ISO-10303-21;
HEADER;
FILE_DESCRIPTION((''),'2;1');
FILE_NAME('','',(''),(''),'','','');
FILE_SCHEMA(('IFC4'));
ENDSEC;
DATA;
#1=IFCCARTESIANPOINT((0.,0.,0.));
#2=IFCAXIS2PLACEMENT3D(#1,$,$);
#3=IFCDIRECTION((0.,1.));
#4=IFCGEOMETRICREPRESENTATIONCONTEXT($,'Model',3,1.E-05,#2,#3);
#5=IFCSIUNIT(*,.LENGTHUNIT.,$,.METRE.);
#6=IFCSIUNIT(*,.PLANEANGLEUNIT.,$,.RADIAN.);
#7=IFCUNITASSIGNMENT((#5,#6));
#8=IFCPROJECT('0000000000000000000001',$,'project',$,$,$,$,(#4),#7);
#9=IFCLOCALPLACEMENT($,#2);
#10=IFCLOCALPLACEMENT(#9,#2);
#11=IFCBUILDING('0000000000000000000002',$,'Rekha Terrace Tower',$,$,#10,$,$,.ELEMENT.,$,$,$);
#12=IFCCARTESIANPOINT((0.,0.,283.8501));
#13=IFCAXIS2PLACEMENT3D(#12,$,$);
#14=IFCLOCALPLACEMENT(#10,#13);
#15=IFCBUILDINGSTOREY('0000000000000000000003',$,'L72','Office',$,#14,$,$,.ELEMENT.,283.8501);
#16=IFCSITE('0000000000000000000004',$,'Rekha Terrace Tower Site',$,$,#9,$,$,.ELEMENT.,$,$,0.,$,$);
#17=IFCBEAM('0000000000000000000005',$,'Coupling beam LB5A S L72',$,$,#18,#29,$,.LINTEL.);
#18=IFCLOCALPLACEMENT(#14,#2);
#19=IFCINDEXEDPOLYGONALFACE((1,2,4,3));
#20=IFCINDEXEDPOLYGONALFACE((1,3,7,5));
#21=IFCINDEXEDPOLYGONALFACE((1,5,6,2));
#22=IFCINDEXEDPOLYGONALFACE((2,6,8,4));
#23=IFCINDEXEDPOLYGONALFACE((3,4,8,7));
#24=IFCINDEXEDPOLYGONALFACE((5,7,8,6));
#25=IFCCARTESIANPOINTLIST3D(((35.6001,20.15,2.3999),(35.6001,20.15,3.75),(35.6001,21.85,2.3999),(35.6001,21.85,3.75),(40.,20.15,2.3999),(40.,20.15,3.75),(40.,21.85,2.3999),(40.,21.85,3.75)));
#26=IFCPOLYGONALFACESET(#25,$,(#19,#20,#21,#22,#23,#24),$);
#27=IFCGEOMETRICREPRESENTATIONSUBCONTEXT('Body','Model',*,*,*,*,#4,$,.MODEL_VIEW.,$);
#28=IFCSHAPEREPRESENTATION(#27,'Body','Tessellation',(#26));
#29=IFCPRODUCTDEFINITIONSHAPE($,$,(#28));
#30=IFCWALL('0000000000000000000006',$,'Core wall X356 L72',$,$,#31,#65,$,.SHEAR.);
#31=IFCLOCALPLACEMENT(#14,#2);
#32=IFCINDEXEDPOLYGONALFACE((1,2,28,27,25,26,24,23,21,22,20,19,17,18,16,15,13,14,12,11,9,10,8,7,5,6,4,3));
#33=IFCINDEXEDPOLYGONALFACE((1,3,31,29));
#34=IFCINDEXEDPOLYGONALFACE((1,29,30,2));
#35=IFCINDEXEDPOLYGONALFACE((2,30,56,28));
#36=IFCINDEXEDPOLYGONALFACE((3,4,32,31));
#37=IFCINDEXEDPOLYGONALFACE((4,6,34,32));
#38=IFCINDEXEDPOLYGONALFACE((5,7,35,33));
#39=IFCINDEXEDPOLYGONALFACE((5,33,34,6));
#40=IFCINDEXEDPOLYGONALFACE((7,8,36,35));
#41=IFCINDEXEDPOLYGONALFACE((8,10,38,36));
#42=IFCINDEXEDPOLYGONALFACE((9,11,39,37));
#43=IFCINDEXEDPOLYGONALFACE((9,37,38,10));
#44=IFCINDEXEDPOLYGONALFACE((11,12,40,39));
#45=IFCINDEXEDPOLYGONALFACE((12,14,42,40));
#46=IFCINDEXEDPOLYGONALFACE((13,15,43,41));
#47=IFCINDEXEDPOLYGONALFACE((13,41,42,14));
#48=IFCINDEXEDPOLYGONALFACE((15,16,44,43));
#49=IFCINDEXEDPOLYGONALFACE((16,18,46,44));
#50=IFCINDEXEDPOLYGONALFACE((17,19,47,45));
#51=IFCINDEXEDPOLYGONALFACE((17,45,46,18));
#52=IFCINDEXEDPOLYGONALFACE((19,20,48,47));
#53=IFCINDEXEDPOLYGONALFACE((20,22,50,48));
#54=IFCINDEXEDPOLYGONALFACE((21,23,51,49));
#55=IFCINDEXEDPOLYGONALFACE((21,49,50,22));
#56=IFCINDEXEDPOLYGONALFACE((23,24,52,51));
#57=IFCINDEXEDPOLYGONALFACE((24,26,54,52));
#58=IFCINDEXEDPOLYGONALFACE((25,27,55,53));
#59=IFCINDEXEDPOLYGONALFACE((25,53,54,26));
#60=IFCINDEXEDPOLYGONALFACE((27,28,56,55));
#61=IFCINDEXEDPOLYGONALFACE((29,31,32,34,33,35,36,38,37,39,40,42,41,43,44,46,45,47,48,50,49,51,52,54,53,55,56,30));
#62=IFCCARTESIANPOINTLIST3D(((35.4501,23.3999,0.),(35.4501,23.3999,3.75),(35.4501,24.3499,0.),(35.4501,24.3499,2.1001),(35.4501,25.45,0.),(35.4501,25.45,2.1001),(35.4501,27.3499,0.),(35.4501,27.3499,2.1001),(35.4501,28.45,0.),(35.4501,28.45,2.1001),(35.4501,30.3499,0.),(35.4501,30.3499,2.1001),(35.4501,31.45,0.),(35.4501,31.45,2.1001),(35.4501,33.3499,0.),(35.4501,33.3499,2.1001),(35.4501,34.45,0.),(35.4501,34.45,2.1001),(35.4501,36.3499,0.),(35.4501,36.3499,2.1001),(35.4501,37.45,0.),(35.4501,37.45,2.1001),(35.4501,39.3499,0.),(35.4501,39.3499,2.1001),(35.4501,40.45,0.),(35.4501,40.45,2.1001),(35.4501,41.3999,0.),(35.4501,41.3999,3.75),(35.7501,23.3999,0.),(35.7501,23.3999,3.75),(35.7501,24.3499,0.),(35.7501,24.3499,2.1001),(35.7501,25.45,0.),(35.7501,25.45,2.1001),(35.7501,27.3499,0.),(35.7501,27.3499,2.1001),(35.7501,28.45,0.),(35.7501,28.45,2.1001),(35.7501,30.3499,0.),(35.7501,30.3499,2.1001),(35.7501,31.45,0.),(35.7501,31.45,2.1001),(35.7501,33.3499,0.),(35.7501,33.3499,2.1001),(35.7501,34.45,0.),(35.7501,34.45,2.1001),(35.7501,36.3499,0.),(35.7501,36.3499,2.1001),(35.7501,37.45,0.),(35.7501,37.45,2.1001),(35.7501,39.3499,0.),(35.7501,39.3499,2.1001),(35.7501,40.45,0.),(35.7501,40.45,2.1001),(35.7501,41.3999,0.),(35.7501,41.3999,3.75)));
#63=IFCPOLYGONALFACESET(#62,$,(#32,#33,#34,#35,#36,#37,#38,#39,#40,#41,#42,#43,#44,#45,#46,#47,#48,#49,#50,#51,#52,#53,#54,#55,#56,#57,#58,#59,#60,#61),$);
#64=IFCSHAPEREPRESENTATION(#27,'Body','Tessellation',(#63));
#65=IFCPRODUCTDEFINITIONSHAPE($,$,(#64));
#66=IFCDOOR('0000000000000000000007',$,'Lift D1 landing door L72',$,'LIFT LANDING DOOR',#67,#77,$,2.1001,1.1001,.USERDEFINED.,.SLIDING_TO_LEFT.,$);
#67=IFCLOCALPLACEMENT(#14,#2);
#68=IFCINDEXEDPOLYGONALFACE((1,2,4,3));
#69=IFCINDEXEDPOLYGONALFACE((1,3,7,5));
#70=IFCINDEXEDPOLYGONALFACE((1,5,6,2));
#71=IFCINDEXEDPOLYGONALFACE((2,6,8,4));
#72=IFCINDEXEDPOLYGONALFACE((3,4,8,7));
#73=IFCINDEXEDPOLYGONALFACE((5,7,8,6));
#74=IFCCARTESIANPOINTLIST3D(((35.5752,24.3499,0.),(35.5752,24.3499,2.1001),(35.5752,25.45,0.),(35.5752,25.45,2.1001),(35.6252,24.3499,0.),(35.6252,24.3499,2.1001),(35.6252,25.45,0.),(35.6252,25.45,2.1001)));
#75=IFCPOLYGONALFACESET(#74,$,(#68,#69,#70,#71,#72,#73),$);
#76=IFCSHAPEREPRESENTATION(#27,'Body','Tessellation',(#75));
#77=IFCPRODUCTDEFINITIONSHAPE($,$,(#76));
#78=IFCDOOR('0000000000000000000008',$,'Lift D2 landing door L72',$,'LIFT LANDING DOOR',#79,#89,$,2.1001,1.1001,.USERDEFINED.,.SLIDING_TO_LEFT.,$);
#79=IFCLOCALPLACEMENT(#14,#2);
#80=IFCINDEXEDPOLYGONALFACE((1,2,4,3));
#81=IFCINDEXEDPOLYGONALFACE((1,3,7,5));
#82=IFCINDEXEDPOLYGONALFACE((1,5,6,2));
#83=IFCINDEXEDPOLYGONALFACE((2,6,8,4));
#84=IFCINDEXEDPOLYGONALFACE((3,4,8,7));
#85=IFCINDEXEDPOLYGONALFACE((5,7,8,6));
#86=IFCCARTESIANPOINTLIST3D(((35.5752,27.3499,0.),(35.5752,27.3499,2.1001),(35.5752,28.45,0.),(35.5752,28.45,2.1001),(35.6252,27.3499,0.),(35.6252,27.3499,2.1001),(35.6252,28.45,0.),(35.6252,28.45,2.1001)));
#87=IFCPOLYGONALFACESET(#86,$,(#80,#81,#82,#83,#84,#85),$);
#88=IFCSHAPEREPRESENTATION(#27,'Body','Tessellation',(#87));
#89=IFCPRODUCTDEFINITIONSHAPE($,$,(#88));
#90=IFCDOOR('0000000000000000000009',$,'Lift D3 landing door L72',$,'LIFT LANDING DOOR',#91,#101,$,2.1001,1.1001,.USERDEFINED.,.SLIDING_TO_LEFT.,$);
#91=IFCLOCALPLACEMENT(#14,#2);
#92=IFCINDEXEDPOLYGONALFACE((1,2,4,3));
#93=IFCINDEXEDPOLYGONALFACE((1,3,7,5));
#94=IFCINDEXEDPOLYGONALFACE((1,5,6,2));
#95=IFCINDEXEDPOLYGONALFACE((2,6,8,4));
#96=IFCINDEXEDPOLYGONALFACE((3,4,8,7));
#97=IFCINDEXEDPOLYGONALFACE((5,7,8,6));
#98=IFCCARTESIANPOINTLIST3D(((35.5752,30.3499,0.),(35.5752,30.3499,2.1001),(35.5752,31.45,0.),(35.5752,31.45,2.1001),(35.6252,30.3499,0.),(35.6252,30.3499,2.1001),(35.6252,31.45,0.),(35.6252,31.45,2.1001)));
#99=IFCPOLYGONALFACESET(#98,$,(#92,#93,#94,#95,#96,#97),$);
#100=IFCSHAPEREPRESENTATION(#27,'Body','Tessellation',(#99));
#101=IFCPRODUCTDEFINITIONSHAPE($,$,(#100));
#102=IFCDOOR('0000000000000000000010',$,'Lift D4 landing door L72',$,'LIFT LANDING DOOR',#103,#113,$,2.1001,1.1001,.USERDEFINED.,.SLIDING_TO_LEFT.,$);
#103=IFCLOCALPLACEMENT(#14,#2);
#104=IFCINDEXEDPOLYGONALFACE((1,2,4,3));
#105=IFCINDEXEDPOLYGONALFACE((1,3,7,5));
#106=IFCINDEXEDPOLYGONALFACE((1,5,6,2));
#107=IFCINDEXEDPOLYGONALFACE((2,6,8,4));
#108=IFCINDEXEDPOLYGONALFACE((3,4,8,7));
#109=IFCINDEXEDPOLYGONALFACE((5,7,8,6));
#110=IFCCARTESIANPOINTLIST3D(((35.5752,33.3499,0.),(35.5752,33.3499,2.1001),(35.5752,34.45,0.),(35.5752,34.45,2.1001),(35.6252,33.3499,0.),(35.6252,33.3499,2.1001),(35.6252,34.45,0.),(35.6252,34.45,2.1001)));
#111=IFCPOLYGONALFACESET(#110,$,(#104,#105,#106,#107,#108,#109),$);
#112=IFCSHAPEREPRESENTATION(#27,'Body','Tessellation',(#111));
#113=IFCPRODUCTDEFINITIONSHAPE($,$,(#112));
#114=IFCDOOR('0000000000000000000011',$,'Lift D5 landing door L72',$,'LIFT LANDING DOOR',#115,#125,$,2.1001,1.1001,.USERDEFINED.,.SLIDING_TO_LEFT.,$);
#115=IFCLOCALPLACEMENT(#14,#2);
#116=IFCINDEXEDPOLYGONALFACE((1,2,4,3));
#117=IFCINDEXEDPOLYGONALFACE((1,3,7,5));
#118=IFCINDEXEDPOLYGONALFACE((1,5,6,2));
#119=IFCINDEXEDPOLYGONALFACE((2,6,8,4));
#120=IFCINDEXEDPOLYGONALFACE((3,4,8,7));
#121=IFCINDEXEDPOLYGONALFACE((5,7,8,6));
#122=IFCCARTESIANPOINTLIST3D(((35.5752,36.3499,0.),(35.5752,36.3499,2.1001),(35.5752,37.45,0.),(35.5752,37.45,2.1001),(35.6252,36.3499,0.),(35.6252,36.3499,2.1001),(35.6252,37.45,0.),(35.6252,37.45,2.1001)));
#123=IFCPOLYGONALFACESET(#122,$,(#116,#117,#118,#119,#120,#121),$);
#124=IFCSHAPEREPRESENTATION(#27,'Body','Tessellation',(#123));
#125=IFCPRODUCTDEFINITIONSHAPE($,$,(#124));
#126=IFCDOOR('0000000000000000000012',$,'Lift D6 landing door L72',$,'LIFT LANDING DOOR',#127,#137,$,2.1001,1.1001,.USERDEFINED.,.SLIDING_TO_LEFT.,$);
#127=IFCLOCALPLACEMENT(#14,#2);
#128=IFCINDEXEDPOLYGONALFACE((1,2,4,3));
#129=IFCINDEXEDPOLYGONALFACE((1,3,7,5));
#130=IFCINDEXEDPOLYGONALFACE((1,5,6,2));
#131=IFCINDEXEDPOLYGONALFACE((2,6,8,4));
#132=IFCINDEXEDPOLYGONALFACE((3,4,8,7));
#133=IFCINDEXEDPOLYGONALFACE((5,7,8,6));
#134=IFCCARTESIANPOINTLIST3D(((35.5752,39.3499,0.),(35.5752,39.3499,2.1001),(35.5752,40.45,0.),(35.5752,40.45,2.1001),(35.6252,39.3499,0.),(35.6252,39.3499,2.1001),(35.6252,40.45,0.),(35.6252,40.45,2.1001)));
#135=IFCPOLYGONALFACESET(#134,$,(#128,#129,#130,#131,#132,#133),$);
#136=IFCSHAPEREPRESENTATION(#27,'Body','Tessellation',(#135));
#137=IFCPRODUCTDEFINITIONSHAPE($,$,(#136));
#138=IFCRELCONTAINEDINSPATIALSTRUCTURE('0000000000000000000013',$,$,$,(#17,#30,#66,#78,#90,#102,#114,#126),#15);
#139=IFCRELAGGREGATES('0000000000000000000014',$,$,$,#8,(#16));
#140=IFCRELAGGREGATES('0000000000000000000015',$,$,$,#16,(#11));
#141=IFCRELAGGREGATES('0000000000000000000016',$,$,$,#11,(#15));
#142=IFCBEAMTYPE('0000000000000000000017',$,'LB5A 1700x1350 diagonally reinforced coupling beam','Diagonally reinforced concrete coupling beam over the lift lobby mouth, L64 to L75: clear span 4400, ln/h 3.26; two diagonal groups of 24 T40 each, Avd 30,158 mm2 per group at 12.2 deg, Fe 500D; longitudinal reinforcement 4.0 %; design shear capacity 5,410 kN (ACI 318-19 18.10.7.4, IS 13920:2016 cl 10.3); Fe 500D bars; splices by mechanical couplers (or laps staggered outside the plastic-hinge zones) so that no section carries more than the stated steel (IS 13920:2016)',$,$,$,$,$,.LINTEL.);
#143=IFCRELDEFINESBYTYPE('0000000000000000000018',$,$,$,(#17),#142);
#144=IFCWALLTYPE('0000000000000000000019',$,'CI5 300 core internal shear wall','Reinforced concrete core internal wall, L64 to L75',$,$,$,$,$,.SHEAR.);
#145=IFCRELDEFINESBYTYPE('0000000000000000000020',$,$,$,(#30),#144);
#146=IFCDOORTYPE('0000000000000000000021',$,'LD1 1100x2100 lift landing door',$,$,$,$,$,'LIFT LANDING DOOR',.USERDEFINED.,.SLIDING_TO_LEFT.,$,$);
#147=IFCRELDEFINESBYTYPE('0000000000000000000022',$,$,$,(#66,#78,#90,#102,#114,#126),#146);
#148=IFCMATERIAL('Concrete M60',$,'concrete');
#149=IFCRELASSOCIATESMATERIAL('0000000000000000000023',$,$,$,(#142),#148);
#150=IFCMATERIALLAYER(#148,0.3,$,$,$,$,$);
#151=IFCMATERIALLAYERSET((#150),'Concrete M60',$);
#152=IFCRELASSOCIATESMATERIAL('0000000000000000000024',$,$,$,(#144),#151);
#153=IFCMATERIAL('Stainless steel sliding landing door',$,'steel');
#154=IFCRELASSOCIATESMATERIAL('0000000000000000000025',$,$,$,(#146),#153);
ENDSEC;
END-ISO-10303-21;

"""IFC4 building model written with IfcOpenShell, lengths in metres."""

from ifc_helpers import new_model, si_unit, direction, frame, frame_2d, origin, origin_2d, place, context, subcontext, project, spatial, rectangle, extrude, material, layer, layer_set, material_profile, profile_set, type_object, element, fill, save


model = new_model("IFC4")

# Units and contexts
model_context = context("Model", 3, precision=1e-05, world=origin(), true_north=direction((0.0, 1.0)))
body_context = subcontext(model_context, "Body", "Model", "MODEL_VIEW")
ifc_project = project(units=[si_unit("LENGTHUNIT", "METRE"), si_unit("PLANEANGLEUNIT", "RADIAN")], contexts=[model_context])

# Site, building, storey
site_placement = place(None, origin())
site = spatial("IfcSite", under=ifc_project, at=site_placement, Name="Rekha Terrace Tower Site", CompositionType="ELEMENT", RefElevation=0.0)
building_placement = place(site_placement, origin())
building = spatial("IfcBuilding", under=site, at=building_placement, Name="Rekha Terrace Tower", CompositionType="ELEMENT")
storey_placement = place(building_placement, frame((0.0, 0.0, 283.8501)))
storey = spatial("IfcBuildingStorey", under=building, at=storey_placement, Name="L72", Description="Office", CompositionType="ELEMENT", Elevation=283.8501)

# Beam
ifc_material_1 = material(Name="Concrete M60", Category="concrete")
ifc_material_profile = material_profile(ifc_material_1, rectangle(XDim=1.7, YDim=1.3501, at=origin_2d()), Name="RC 1700x1350")
ifc_profile_set = profile_set([ifc_material_profile], Name="Concrete M60")
beam_type = type_object("IfcBeamType", Name="LB5A 1700x1350 diagonally reinforced coupling beam", Description="Diagonally reinforced concrete coupling beam over the lift lobby mouth, L64 to L75: clear span 4400, ln/h 3.26; two diagonal groups of 24 T40 each, Avd 30,158 mm2 per group at 12.2 deg, Fe 500D; longitudinal reinforcement 4.0 %; design shear capacity 5,410 kN (ACI 318-19 18.10.7.4, IS 13920:2016 cl 10.3); Fe 500D bars; splices by mechanical couplers (or laps staggered outside the plastic-hinge zones) so that no section carries more than the stated steel (IS 13920:2016)", PredefinedType="LINTEL", material=ifc_profile_set)
beam_placement = place(storey_placement, frame((35.6001, 21.0, 3.075), z_axis=(1.0, 0.0, 0.0), x_axis=(0.0, 1.0, 0.0)))
element("IfcBeam", 1, at=beam_placement, inside=storey, type_object=beam_type, Name="Coupling beam LB5A S L72", PredefinedType="LINTEL", context=body_context, shape_type="SweptSolid", body=[
    extrude(rectangle(XDim=1.7, YDim=1.3501, at=origin_2d()), origin(), (0.0, 0.0, 1.0), 4.3999),
])

# Wall, openings, doors
ifc_layer_1 = layer(ifc_material_1, 0.3)
ifc_layer_set_1 = layer_set([ifc_layer_1], Name="Concrete M60")
wall_type_1 = type_object("IfcWallType", Name="CI5 300 core internal shear wall", Description="Reinforced concrete core internal wall, L64 to L75", PredefinedType="SHEAR", material=ifc_layer_set_1)
wall_1_placement = place(storey_placement, frame((35.6001, 23.3999, 0.0), z_axis=(0.0, 0.0, 1.0), x_axis=(0.0, 1.0, 0.0)))
wall_1 = element("IfcWall", 2, at=wall_1_placement, inside=storey, type_object=wall_type_1, Name="Core wall X356 L72", PredefinedType="SHEAR", context=body_context, shape_type="SweptSolid", body=[
    extrude(rectangle(XDim=18.0, YDim=0.3, at=frame_2d((9.0, 0.0))), origin(), (0.0, 0.0, 1.0), 3.75),
])
opening_1_placement = place(wall_1_placement, frame((0.95, 0.0, 0.0)))
opening_1 = element("IfcOpeningElement", 3, at=opening_1_placement, cuts=wall_1, PredefinedType="OPENING", context=body_context, shape_type="SweptSolid", body=[
    extrude(rectangle(XDim=1.1001, YDim=2.1001, at=frame_2d((0.55, 1.05))), frame((0.0, 0.1599, 0.0), z_axis=(0.0, -1.0, 0.0), x_axis=(1.0, 0.0, 0.0)), (0.0, 0.0, 1.0), 0.3201),
])
opening_2_placement = place(wall_1_placement, frame((3.95, 0.0, 0.0)))
opening_2 = element("IfcOpeningElement", 4, at=opening_2_placement, cuts=wall_1, PredefinedType="OPENING", context=body_context, shape_type="SweptSolid", body=[
    extrude(rectangle(XDim=1.1001, YDim=2.1001, at=frame_2d((0.55, 1.05))), frame((0.0, 0.1599, 0.0), z_axis=(0.0, -1.0, 0.0), x_axis=(1.0, 0.0, 0.0)), (0.0, 0.0, 1.0), 0.3201),
])
opening_3_placement = place(wall_1_placement, frame((6.95, 0.0, 0.0)))
opening_3 = element("IfcOpeningElement", 5, at=opening_3_placement, cuts=wall_1, PredefinedType="OPENING", context=body_context, shape_type="SweptSolid", body=[
    extrude(rectangle(XDim=1.1001, YDim=2.1001, at=frame_2d((0.55, 1.05))), frame((0.0, 0.1599, 0.0), z_axis=(0.0, -1.0, 0.0), x_axis=(1.0, 0.0, 0.0)), (0.0, 0.0, 1.0), 0.3201),
])
opening_4_placement = place(wall_1_placement, frame((9.95, 0.0, 0.0)))
opening_4 = element("IfcOpeningElement", 6, at=opening_4_placement, cuts=wall_1, PredefinedType="OPENING", context=body_context, shape_type="SweptSolid", body=[
    extrude(rectangle(XDim=1.1001, YDim=2.1001, at=frame_2d((0.55, 1.05))), frame((0.0, 0.1599, 0.0), z_axis=(0.0, -1.0, 0.0), x_axis=(1.0, 0.0, 0.0)), (0.0, 0.0, 1.0), 0.3201),
])
opening_5_placement = place(wall_1_placement, frame((12.95, 0.0, 0.0)))
opening_5 = element("IfcOpeningElement", 7, at=opening_5_placement, cuts=wall_1, PredefinedType="OPENING", context=body_context, shape_type="SweptSolid", body=[
    extrude(rectangle(XDim=1.1001, YDim=2.1001, at=frame_2d((0.55, 1.05))), frame((0.0, 0.1599, 0.0), z_axis=(0.0, -1.0, 0.0), x_axis=(1.0, 0.0, 0.0)), (0.0, 0.0, 1.0), 0.3201),
])
opening_6_placement = place(wall_1_placement, frame((15.95, 0.0, 0.0)))
opening_6 = element("IfcOpeningElement", 8, at=opening_6_placement, cuts=wall_1, PredefinedType="OPENING", context=body_context, shape_type="SweptSolid", body=[
    extrude(rectangle(XDim=1.1001, YDim=2.1001, at=frame_2d((0.55, 1.05))), frame((0.0, 0.1599, 0.0), z_axis=(0.0, -1.0, 0.0), x_axis=(1.0, 0.0, 0.0)), (0.0, 0.0, 1.0), 0.3201),
])
ifc_material_2 = material(Name="Stainless steel sliding landing door", Category="steel")
door_type_1 = type_object("IfcDoorType", Name="LD1 1100x2100 lift landing door", ElementType="LIFT LANDING DOOR", OperationType="SLIDING_TO_LEFT", PredefinedType="USERDEFINED", material=ifc_material_2)
door_1_placement = place(opening_1_placement, origin())
door_1 = element("IfcDoor", 9, at=door_1_placement, inside=storey, type_object=door_type_1, Name="Lift D1 landing door L72", ObjectType="LIFT LANDING DOOR", OperationType="SLIDING_TO_LEFT", OverallHeight=2.1001, OverallWidth=1.1001, PredefinedType="USERDEFINED", context=body_context, shape_type="SweptSolid", body=[
    extrude(rectangle(XDim=1.1001, YDim=2.1001, at=frame_2d((0.55, 1.05))), frame((0.0, 0.0249, 0.0), z_axis=(0.0, -1.0, 0.0), x_axis=(1.0, 0.0, 0.0)), (0.0, 0.0, 1.0), 0.05),
])
fill(opening_1, door_1)
door_2_placement = place(opening_2_placement, origin())
door_2 = element("IfcDoor", 10, at=door_2_placement, inside=storey, type_object=door_type_1, Name="Lift D2 landing door L72", ObjectType="LIFT LANDING DOOR", OperationType="SLIDING_TO_LEFT", OverallHeight=2.1001, OverallWidth=1.1001, PredefinedType="USERDEFINED", context=body_context, shape_type="SweptSolid", body=[
    extrude(rectangle(XDim=1.1001, YDim=2.1001, at=frame_2d((0.55, 1.05))), frame((0.0, 0.0249, 0.0), z_axis=(0.0, -1.0, 0.0), x_axis=(1.0, 0.0, 0.0)), (0.0, 0.0, 1.0), 0.05),
])
fill(opening_2, door_2)
door_3_placement = place(opening_3_placement, origin())
door_3 = element("IfcDoor", 11, at=door_3_placement, inside=storey, type_object=door_type_1, Name="Lift D3 landing door L72", ObjectType="LIFT LANDING DOOR", OperationType="SLIDING_TO_LEFT", OverallHeight=2.1001, OverallWidth=1.1001, PredefinedType="USERDEFINED", context=body_context, shape_type="SweptSolid", body=[
    extrude(rectangle(XDim=1.1001, YDim=2.1001, at=frame_2d((0.55, 1.05))), frame((0.0, 0.0249, 0.0), z_axis=(0.0, -1.0, 0.0), x_axis=(1.0, 0.0, 0.0)), (0.0, 0.0, 1.0), 0.05),
])
fill(opening_3, door_3)
door_4_placement = place(opening_4_placement, origin())
door_4 = element("IfcDoor", 12, at=door_4_placement, inside=storey, type_object=door_type_1, Name="Lift D4 landing door L72", ObjectType="LIFT LANDING DOOR", OperationType="SLIDING_TO_LEFT", OverallHeight=2.1001, OverallWidth=1.1001, PredefinedType="USERDEFINED", context=body_context, shape_type="SweptSolid", body=[
    extrude(rectangle(XDim=1.1001, YDim=2.1001, at=frame_2d((0.55, 1.05))), frame((0.0, 0.0249, 0.0), z_axis=(0.0, -1.0, 0.0), x_axis=(1.0, 0.0, 0.0)), (0.0, 0.0, 1.0), 0.05),
])
fill(opening_4, door_4)
door_5_placement = place(opening_5_placement, origin())
door_5 = element("IfcDoor", 13, at=door_5_placement, inside=storey, type_object=door_type_1, Name="Lift D5 landing door L72", ObjectType="LIFT LANDING DOOR", OperationType="SLIDING_TO_LEFT", OverallHeight=2.1001, OverallWidth=1.1001, PredefinedType="USERDEFINED", context=body_context, shape_type="SweptSolid", body=[
    extrude(rectangle(XDim=1.1001, YDim=2.1001, at=frame_2d((0.55, 1.05))), frame((0.0, 0.0249, 0.0), z_axis=(0.0, -1.0, 0.0), x_axis=(1.0, 0.0, 0.0)), (0.0, 0.0, 1.0), 0.05),
])
fill(opening_5, door_5)
door_6_placement = place(opening_6_placement, origin())
door_6 = element("IfcDoor", 14, at=door_6_placement, inside=storey, type_object=door_type_1, Name="Lift D6 landing door L72", ObjectType="LIFT LANDING DOOR", OperationType="SLIDING_TO_LEFT", OverallHeight=2.1001, OverallWidth=1.1001, PredefinedType="USERDEFINED", context=body_context, shape_type="SweptSolid", body=[
    extrude(rectangle(XDim=1.1001, YDim=2.1001, at=frame_2d((0.55, 1.05))), frame((0.0, 0.0249, 0.0), z_axis=(0.0, -1.0, 0.0), x_axis=(1.0, 0.0, 0.0)), (0.0, 0.0, 1.0), 0.05),
])
fill(opening_6, door_6)

save(model, "model.ifc")
